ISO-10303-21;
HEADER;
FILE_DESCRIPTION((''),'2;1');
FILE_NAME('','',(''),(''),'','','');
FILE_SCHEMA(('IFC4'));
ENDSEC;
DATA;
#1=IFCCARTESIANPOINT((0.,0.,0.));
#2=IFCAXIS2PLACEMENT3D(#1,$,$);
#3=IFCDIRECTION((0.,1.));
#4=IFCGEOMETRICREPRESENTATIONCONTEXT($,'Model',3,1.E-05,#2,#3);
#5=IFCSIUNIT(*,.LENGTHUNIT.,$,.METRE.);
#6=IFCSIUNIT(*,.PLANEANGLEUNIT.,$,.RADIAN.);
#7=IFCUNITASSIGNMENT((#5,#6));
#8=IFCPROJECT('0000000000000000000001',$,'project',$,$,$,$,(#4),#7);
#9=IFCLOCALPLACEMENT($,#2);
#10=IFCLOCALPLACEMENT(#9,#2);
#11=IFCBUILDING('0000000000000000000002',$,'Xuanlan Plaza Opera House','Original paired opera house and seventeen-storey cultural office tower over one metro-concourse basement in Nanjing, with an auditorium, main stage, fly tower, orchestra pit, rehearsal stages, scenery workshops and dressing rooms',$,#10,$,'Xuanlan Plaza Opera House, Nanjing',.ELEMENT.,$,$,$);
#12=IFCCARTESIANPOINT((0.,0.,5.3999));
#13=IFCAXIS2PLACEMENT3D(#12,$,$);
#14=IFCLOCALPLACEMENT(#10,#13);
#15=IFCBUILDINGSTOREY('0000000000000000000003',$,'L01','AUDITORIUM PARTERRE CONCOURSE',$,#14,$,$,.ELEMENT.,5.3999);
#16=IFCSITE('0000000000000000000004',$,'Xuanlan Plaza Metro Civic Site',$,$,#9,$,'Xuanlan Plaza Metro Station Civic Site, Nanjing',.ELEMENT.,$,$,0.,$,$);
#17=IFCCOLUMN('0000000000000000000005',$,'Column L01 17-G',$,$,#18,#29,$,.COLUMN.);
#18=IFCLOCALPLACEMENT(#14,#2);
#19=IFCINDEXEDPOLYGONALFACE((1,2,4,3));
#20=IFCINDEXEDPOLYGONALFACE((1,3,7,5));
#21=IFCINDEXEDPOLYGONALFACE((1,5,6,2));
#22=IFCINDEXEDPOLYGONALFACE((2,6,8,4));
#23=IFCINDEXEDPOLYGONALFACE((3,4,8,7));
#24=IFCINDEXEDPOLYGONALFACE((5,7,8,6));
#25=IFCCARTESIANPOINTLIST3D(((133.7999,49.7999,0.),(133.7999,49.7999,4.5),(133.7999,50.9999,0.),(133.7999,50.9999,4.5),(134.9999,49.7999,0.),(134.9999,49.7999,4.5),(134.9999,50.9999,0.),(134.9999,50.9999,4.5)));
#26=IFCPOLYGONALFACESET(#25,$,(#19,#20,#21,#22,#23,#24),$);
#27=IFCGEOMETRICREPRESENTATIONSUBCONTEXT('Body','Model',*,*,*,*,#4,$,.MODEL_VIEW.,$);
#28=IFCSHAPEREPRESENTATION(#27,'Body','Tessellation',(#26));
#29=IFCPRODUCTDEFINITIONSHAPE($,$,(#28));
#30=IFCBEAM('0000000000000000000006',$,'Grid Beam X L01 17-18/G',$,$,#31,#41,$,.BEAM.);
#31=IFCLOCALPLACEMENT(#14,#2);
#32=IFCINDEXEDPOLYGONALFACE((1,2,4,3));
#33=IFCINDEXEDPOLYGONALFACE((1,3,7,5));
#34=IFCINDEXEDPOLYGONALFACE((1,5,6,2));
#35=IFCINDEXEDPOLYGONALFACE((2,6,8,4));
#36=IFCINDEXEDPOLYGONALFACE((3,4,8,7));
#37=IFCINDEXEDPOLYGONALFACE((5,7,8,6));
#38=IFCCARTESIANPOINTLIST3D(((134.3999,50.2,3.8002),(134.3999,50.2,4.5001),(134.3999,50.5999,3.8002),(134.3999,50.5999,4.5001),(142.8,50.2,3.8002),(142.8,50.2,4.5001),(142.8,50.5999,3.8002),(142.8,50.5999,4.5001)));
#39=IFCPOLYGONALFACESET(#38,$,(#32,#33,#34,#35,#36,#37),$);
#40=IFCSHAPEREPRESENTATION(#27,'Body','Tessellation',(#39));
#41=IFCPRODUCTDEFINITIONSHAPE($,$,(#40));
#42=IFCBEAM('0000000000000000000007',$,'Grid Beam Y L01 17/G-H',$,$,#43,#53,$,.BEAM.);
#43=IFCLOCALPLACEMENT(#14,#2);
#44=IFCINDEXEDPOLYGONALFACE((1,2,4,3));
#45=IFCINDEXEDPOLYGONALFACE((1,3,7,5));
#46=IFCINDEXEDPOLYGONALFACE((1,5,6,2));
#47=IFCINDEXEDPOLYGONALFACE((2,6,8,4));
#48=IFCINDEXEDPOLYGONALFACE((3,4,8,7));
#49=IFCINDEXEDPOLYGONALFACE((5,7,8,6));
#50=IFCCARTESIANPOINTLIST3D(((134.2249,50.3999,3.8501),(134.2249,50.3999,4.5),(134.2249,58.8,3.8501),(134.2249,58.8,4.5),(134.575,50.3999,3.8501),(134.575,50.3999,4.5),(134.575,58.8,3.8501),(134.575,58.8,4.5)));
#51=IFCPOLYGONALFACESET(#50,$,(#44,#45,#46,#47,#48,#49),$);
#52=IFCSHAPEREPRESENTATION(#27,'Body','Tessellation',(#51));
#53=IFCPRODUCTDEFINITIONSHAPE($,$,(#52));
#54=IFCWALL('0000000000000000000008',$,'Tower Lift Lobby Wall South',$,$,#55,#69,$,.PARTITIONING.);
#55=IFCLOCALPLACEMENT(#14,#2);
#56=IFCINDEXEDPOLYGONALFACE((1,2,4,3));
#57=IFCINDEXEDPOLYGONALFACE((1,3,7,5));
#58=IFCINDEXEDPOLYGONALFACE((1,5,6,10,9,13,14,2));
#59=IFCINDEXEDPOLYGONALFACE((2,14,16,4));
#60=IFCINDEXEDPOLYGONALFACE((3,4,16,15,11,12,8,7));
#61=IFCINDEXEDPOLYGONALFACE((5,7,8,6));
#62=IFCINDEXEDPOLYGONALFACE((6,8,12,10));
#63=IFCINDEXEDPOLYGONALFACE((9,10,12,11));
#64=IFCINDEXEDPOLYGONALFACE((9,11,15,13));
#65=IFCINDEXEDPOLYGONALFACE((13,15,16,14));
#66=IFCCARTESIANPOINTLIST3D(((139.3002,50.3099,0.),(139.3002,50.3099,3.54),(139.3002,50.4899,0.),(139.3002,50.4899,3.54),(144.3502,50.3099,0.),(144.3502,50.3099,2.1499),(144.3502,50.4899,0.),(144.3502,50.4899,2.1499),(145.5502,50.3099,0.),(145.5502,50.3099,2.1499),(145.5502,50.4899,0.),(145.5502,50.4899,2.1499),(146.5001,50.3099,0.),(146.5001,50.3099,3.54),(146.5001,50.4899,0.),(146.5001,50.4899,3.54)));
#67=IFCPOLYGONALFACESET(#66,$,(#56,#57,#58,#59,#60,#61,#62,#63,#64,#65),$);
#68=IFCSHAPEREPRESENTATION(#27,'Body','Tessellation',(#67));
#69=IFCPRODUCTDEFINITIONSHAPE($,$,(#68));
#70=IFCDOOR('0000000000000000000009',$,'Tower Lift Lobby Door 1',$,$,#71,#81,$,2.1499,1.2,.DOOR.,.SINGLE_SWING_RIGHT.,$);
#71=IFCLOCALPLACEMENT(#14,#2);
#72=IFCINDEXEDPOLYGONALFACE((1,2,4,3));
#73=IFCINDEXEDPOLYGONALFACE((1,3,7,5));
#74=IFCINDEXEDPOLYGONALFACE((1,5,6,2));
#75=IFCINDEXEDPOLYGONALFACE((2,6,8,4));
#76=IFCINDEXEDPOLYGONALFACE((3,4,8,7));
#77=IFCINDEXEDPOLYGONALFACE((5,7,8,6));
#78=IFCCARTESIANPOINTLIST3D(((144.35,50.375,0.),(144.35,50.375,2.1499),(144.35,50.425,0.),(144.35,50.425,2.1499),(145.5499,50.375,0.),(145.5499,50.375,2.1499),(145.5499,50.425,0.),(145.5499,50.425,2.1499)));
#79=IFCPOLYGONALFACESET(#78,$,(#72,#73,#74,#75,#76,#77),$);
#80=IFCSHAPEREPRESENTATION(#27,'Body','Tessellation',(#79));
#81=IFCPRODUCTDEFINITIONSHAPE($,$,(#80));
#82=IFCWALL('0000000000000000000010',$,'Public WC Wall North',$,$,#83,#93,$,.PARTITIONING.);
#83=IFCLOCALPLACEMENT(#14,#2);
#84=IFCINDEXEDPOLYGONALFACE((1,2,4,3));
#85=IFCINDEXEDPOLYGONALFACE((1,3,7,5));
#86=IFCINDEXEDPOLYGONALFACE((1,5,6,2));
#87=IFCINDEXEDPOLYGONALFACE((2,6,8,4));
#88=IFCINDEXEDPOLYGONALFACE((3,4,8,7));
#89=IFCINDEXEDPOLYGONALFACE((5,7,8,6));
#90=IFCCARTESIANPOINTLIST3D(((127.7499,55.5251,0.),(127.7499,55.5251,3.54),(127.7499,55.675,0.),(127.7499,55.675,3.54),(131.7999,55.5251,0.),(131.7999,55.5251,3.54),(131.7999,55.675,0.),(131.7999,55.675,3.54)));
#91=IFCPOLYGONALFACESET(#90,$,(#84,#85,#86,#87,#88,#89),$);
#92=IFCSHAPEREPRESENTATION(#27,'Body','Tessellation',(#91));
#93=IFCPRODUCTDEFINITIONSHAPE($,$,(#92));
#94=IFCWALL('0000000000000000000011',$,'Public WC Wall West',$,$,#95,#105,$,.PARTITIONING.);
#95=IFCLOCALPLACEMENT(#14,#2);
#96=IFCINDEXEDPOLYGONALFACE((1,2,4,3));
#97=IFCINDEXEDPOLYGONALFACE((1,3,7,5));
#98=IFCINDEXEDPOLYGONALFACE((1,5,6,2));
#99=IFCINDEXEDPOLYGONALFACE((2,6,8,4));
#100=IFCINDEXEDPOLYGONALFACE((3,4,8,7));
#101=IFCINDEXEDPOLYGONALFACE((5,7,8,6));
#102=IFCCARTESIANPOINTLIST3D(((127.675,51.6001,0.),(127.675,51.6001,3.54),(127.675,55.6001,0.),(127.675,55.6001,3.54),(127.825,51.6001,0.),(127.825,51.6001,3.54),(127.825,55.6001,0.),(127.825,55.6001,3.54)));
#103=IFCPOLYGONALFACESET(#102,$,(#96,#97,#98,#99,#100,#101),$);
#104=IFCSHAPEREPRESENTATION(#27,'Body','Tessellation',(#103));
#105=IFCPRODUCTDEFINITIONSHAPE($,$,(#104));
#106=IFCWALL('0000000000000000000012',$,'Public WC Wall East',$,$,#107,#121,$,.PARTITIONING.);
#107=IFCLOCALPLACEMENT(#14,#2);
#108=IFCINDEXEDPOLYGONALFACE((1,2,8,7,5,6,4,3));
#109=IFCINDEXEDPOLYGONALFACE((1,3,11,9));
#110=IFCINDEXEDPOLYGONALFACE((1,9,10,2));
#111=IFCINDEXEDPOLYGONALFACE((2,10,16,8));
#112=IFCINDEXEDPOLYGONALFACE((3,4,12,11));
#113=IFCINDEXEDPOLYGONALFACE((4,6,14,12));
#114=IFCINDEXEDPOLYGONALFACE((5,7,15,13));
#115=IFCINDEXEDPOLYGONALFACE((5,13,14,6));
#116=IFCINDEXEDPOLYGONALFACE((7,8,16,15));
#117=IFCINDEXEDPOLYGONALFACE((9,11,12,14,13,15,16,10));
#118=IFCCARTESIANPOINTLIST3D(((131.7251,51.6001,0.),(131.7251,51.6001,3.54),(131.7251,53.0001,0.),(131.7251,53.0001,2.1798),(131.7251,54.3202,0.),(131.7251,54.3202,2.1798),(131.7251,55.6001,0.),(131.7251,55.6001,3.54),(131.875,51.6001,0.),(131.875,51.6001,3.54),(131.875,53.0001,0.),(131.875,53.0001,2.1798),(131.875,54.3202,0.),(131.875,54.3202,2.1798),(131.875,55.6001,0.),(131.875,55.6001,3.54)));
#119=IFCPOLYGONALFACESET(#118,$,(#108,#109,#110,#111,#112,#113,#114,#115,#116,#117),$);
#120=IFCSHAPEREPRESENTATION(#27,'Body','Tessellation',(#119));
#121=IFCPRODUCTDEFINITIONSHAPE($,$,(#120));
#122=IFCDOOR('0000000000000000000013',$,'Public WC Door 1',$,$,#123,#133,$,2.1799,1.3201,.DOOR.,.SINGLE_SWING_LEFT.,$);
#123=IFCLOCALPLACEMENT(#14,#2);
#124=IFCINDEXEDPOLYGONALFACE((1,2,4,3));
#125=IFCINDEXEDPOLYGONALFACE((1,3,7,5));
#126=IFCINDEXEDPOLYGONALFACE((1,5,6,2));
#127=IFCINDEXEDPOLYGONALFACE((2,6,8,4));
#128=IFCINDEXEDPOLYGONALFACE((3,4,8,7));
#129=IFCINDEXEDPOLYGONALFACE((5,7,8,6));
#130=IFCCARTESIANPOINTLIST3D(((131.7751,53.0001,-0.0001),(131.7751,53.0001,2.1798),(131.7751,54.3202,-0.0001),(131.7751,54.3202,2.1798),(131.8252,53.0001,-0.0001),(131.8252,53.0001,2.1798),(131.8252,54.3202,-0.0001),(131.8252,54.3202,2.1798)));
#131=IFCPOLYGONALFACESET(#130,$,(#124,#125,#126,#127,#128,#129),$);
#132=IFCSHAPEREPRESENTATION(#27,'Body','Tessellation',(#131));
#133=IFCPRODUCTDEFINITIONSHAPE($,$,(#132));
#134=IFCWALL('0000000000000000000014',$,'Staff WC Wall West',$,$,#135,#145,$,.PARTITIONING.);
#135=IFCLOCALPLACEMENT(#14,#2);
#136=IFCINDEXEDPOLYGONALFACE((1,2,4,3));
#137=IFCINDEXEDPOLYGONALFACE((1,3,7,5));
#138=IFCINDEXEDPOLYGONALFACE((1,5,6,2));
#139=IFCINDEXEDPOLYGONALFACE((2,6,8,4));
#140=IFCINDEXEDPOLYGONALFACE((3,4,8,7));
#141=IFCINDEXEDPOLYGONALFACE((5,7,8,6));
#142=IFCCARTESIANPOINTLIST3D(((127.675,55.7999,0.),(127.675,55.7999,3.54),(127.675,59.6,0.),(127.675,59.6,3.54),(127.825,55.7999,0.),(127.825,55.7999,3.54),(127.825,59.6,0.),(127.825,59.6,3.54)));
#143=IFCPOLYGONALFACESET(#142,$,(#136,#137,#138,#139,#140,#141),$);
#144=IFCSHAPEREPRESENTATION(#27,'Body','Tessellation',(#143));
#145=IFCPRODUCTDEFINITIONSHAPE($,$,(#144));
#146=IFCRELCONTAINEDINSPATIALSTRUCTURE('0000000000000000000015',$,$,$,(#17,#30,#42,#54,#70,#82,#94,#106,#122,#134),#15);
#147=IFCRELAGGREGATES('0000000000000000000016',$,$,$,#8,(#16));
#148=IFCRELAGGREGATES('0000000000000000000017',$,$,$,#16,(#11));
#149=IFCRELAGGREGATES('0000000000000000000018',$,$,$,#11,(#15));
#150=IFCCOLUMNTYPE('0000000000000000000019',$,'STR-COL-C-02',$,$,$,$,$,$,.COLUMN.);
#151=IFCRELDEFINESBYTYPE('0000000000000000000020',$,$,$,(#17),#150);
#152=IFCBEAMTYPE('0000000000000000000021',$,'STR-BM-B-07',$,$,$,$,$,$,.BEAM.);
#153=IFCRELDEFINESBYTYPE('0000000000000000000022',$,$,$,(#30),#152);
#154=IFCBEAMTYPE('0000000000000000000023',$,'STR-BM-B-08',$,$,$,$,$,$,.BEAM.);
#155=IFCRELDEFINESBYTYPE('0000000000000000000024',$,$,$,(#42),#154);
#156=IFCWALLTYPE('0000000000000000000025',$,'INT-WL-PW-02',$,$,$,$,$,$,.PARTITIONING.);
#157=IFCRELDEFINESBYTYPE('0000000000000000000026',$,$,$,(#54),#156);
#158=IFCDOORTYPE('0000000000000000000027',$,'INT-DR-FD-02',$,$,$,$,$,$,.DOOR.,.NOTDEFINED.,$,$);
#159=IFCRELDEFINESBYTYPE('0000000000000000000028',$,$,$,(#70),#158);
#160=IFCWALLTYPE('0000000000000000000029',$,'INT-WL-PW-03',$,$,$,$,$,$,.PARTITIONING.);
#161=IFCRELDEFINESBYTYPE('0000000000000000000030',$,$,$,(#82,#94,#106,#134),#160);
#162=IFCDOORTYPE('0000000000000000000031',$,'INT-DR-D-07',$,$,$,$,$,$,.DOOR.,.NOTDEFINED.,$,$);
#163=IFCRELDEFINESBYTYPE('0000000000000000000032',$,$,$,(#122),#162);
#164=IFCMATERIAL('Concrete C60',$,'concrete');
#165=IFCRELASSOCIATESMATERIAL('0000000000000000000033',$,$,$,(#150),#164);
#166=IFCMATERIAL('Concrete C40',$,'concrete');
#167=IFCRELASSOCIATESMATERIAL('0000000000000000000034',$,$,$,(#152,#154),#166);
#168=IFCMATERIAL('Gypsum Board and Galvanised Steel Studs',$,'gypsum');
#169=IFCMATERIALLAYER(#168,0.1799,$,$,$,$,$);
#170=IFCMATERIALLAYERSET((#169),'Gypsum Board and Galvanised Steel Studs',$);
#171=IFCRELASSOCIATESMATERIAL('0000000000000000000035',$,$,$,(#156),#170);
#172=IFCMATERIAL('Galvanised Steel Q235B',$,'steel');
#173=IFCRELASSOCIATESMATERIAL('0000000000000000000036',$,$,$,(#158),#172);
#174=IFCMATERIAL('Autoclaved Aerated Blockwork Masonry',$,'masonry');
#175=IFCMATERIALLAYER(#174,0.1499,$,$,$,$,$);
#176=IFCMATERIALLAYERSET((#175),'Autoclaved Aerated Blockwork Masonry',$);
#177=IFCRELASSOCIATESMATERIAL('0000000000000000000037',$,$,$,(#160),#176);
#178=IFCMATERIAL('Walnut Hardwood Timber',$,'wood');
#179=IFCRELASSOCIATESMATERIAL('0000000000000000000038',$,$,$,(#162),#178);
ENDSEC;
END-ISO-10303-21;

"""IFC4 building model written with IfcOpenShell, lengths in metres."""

from ifc_helpers import new_model, si_unit, direction, frame, frame_2d, origin, origin_2d, place, context, subcontext, project, spatial, rectangle, extrude, material, layer, layer_set, material_profile, profile_set, type_object, element, fill, save


model = new_model("IFC4")

# Units and contexts
model_context = context("Model", 3, precision=1e-05, world=origin(), true_north=direction((0.0, 1.0)))
body_context = subcontext(model_context, "Body", "Model", "MODEL_VIEW")
ifc_project = project(units=[si_unit("LENGTHUNIT", "METRE"), si_unit("PLANEANGLEUNIT", "RADIAN")], contexts=[model_context])

# Site, building, storey
site_placement = place(None, origin())
site = spatial("IfcSite", under=ifc_project, at=site_placement, Name="Xuanlan Plaza Metro Civic Site", LongName="Xuanlan Plaza Metro Station Civic Site, Nanjing", CompositionType="ELEMENT", RefElevation=0.0)
building_placement = place(site_placement, origin())
building = spatial("IfcBuilding", under=site, at=building_placement, Name="Xuanlan Plaza Opera House", Description="Original paired opera house and seventeen-storey cultural office tower over one metro-concourse basement in Nanjing, with an auditorium, main stage, fly tower, orchestra pit, rehearsal stages, scenery workshops and dressing rooms", LongName="Xuanlan Plaza Opera House, Nanjing", CompositionType="ELEMENT")
storey_placement = place(building_placement, frame((0.0, 0.0, 5.3999)))
storey = spatial("IfcBuildingStorey", under=building, at=storey_placement, Name="L01", Description="AUDITORIUM PARTERRE CONCOURSE", CompositionType="ELEMENT", Elevation=5.3999)

# Column
ifc_material_1 = material(Name="Concrete C60", Category="concrete")
ifc_material_profile_1 = material_profile(ifc_material_1, rectangle(XDim=1.2, YDim=1.2, at=origin_2d()), Name="RC-COL 1200x1200")
ifc_profile_set_1 = profile_set([ifc_material_profile_1], Name="Concrete C60")
column_type = type_object("IfcColumnType", Name="STR-COL-C-02", PredefinedType="COLUMN", material=ifc_profile_set_1)
column_placement = place(storey_placement, frame((134.3999, 50.3999, 0.0), z_axis=(0.0, 0.0, 1.0), x_axis=(1.0, 0.0, 0.0)))
element("IfcColumn", 1, at=column_placement, inside=storey, type_object=column_type, Name="Column L01 17-G", PredefinedType="COLUMN", context=body_context, shape_type="SweptSolid", body=[
    extrude(rectangle(XDim=1.2, YDim=1.2, at=origin_2d()), origin(), (0.0, 0.0, 1.0), 4.5),
])

# Beams
ifc_material_2 = material(Name="Concrete C40", Category="concrete")
ifc_material_profile_2 = material_profile(ifc_material_2, rectangle(XDim=0.3999, YDim=0.7, at=origin_2d()), Name="RC-BM 400x700")
ifc_profile_set_2 = profile_set([ifc_material_profile_2], Name="Concrete C40")
beam_type_1 = type_object("IfcBeamType", Name="STR-BM-B-07", PredefinedType="BEAM", material=ifc_profile_set_2)
beam_1_placement = place(storey_placement, frame((134.3999, 50.3999, 4.1501), z_axis=(1.0, 0.0, 0.0), x_axis=(0.0, 1.0, 0.0)))
element("IfcBeam", 2, at=beam_1_placement, inside=storey, type_object=beam_type_1, Name="Grid Beam X L01 17-18/G", PredefinedType="BEAM", context=body_context, shape_type="SweptSolid", body=[
    extrude(rectangle(XDim=0.3999, YDim=0.7, at=origin_2d()), origin(), (0.0, 0.0, 1.0), 8.4001),
])
ifc_material_profile_3 = material_profile(ifc_material_2, rectangle(XDim=0.3501, YDim=0.6499, at=origin_2d()), Name="RC-BM 350x650")
ifc_profile_set_3 = profile_set([ifc_material_profile_3], Name="Concrete C40")
beam_type_2 = type_object("IfcBeamType", Name="STR-BM-B-08", PredefinedType="BEAM", material=ifc_profile_set_3)
beam_2_placement = place(storey_placement, frame((134.3999, 50.3999, 4.175), z_axis=(0.0, 1.0, 0.0), x_axis=(-1.0, 0.0, 0.0)))
element("IfcBeam", 3, at=beam_2_placement, inside=storey, type_object=beam_type_2, Name="Grid Beam Y L01 17/G-H", PredefinedType="BEAM", context=body_context, shape_type="SweptSolid", body=[
    extrude(rectangle(XDim=0.3501, YDim=0.6499, at=origin_2d()), origin(), (0.0, 0.0, 1.0), 8.4001),
])

# Wall, opening, door
ifc_material_3 = material(Name="Gypsum Board and Galvanised Steel Studs", Category="gypsum")
ifc_layer_1 = layer(ifc_material_3, 0.1799)
ifc_layer_set_1 = layer_set([ifc_layer_1], Name="Gypsum Board and Galvanised Steel Studs")
wall_type_1 = type_object("IfcWallType", Name="INT-WL-PW-02", PredefinedType="PARTITIONING", material=ifc_layer_set_1)
wall_1_placement = place(storey_placement, frame((139.3, 50.3999, 0.0), z_axis=(0.0, 0.0, 1.0), x_axis=(1.0, 0.0, 0.0)))
wall_1 = element("IfcWall", 4, at=wall_1_placement, inside=storey, type_object=wall_type_1, Name="Tower Lift Lobby Wall South", PredefinedType="PARTITIONING", context=body_context, shape_type="SweptSolid", body=[
    extrude(rectangle(XDim=7.2, YDim=0.1799, at=frame_2d((3.6001, 0.0))), origin(), (0.0, 0.0, 1.0), 3.54),
])
opening_1_placement = place(wall_1_placement, frame((5.05, 0.0, 0.0)))
opening_1 = element("IfcOpeningElement", 5, at=opening_1_placement, cuts=wall_1, PredefinedType="OPENING", context=body_context, shape_type="SweptSolid", body=[
    extrude(rectangle(XDim=1.2, YDim=2.1499, at=frame_2d((0.6001, 1.075))), frame((0.0, 0.0999, 0.0), z_axis=(0.0, -1.0, 0.0), x_axis=(1.0, 0.0, 0.0)), (0.0, 0.0, 1.0), 0.2),
])
ifc_material_4 = material(Name="Galvanised Steel Q235B", Category="steel")
door_type_1 = type_object("IfcDoorType", Name="INT-DR-FD-02", OperationType="NOTDEFINED", PredefinedType="DOOR", material=ifc_material_4)
door_1_placement = place(opening_1_placement, frame((1.2, 0.0, 0.0), z_axis=(0.0, 0.0, 1.0), x_axis=(-1.0, 0.0, 0.0)))
door_1 = element("IfcDoor", 6, at=door_1_placement, inside=storey, type_object=door_type_1, Name="Tower Lift Lobby Door 1", OperationType="SINGLE_SWING_RIGHT", OverallHeight=2.1499, OverallWidth=1.2, PredefinedType="DOOR", context=body_context, shape_type="SweptSolid", body=[
    extrude(rectangle(XDim=1.2, YDim=2.1499, at=frame_2d((0.6001, 1.075))), frame((0.0, 0.0249, 0.0), z_axis=(0.0, -1.0, 0.0), x_axis=(1.0, 0.0, 0.0)), (0.0, 0.0, 1.0), 0.05),
])
fill(opening_1, door_1)

# Walls
ifc_material_5 = material(Name="Autoclaved Aerated Blockwork Masonry", Category="masonry")
ifc_layer_2 = layer(ifc_material_5, 0.1499)
ifc_layer_set_2 = layer_set([ifc_layer_2], Name="Autoclaved Aerated Blockwork Masonry")
wall_type_2 = type_object("IfcWallType", Name="INT-WL-PW-03", PredefinedType="PARTITIONING", material=ifc_layer_set_2)
wall_2_placement = place(storey_placement, frame((127.75, 55.6001, 0.0), z_axis=(0.0, 0.0, 1.0), x_axis=(1.0, 0.0, 0.0)))
element("IfcWall", 7, at=wall_2_placement, inside=storey, type_object=wall_type_2, Name="Public WC Wall North", PredefinedType="PARTITIONING", context=body_context, shape_type="SweptSolid", body=[
    extrude(rectangle(XDim=4.05, YDim=0.1499, at=frame_2d((2.0249, 0.0))), origin(), (0.0, 0.0, 1.0), 3.54),
])
wall_3_placement = place(storey_placement, frame((127.75, 51.6001, 0.0), z_axis=(0.0, 0.0, 1.0), x_axis=(0.0, 1.0, 0.0)))
element("IfcWall", 8, at=wall_3_placement, inside=storey, type_object=wall_type_2, Name="Public WC Wall West", PredefinedType="PARTITIONING", context=body_context, shape_type="SweptSolid", body=[
    extrude(rectangle(XDim=4.0, YDim=0.1499, at=frame_2d((2.0, 0.0))), origin(), (0.0, 0.0, 1.0), 3.54),
])

# Wall, opening, door
wall_4_placement = place(storey_placement, frame((131.8, 51.6001, 0.0), z_axis=(0.0, 0.0, 1.0), x_axis=(0.0, 1.0, 0.0)))
wall_4 = element("IfcWall", 9, at=wall_4_placement, inside=storey, type_object=wall_type_2, Name="Public WC Wall East", PredefinedType="PARTITIONING", context=body_context, shape_type="SweptSolid", body=[
    extrude(rectangle(XDim=4.0, YDim=0.1499, at=frame_2d((2.0, 0.0))), origin(), (0.0, 0.0, 1.0), 3.54),
])
opening_2_placement = place(wall_4_placement, frame((1.3999, 0.0, 0.0)))
opening_2 = element("IfcOpeningElement", 10, at=opening_2_placement, cuts=wall_4, PredefinedType="OPENING", context=body_context, shape_type="SweptSolid", body=[
    extrude(rectangle(XDim=1.3201, YDim=2.1799, at=frame_2d((0.6602, 1.0898))), frame((0.0, 0.085, 0.0), z_axis=(0.0, -1.0, 0.0), x_axis=(1.0, 0.0, 0.0)), (0.0, 0.0, 1.0), 0.1699),
])
ifc_material_6 = material(Name="Walnut Hardwood Timber", Category="wood")
door_type_2 = type_object("IfcDoorType", Name="INT-DR-D-07", OperationType="NOTDEFINED", PredefinedType="DOOR", material=ifc_material_6)
door_2_placement = place(opening_2_placement, origin())
door_2 = element("IfcDoor", 11, at=door_2_placement, inside=storey, type_object=door_type_2, Name="Public WC Door 1", OperationType="SINGLE_SWING_LEFT", OverallHeight=2.1799, OverallWidth=1.3201, PredefinedType="DOOR", context=body_context, shape_type="SweptSolid", body=[
    extrude(rectangle(XDim=1.3201, YDim=2.1799, at=frame_2d((0.6602, 1.0898))), frame((0.0, 0.0249, 0.0), z_axis=(0.0, -1.0, 0.0), x_axis=(1.0, 0.0, 0.0)), (0.0, 0.0, 1.0), 0.05),
])
fill(opening_2, door_2)

# Wall
wall_5_placement = place(storey_placement, frame((127.75, 55.8, 0.0), z_axis=(0.0, 0.0, 1.0), x_axis=(0.0, 1.0, 0.0)))
element("IfcWall", 12, at=wall_5_placement, inside=storey, type_object=wall_type_2, Name="Staff WC Wall West", PredefinedType="PARTITIONING", context=body_context, shape_type="SweptSolid", body=[
    extrude(rectangle(XDim=3.8, YDim=0.1499, at=frame_2d((1.8999, 0.0))), origin(), (0.0, 0.0, 1.0), 3.54),
])

save(model, "model.ifc")
